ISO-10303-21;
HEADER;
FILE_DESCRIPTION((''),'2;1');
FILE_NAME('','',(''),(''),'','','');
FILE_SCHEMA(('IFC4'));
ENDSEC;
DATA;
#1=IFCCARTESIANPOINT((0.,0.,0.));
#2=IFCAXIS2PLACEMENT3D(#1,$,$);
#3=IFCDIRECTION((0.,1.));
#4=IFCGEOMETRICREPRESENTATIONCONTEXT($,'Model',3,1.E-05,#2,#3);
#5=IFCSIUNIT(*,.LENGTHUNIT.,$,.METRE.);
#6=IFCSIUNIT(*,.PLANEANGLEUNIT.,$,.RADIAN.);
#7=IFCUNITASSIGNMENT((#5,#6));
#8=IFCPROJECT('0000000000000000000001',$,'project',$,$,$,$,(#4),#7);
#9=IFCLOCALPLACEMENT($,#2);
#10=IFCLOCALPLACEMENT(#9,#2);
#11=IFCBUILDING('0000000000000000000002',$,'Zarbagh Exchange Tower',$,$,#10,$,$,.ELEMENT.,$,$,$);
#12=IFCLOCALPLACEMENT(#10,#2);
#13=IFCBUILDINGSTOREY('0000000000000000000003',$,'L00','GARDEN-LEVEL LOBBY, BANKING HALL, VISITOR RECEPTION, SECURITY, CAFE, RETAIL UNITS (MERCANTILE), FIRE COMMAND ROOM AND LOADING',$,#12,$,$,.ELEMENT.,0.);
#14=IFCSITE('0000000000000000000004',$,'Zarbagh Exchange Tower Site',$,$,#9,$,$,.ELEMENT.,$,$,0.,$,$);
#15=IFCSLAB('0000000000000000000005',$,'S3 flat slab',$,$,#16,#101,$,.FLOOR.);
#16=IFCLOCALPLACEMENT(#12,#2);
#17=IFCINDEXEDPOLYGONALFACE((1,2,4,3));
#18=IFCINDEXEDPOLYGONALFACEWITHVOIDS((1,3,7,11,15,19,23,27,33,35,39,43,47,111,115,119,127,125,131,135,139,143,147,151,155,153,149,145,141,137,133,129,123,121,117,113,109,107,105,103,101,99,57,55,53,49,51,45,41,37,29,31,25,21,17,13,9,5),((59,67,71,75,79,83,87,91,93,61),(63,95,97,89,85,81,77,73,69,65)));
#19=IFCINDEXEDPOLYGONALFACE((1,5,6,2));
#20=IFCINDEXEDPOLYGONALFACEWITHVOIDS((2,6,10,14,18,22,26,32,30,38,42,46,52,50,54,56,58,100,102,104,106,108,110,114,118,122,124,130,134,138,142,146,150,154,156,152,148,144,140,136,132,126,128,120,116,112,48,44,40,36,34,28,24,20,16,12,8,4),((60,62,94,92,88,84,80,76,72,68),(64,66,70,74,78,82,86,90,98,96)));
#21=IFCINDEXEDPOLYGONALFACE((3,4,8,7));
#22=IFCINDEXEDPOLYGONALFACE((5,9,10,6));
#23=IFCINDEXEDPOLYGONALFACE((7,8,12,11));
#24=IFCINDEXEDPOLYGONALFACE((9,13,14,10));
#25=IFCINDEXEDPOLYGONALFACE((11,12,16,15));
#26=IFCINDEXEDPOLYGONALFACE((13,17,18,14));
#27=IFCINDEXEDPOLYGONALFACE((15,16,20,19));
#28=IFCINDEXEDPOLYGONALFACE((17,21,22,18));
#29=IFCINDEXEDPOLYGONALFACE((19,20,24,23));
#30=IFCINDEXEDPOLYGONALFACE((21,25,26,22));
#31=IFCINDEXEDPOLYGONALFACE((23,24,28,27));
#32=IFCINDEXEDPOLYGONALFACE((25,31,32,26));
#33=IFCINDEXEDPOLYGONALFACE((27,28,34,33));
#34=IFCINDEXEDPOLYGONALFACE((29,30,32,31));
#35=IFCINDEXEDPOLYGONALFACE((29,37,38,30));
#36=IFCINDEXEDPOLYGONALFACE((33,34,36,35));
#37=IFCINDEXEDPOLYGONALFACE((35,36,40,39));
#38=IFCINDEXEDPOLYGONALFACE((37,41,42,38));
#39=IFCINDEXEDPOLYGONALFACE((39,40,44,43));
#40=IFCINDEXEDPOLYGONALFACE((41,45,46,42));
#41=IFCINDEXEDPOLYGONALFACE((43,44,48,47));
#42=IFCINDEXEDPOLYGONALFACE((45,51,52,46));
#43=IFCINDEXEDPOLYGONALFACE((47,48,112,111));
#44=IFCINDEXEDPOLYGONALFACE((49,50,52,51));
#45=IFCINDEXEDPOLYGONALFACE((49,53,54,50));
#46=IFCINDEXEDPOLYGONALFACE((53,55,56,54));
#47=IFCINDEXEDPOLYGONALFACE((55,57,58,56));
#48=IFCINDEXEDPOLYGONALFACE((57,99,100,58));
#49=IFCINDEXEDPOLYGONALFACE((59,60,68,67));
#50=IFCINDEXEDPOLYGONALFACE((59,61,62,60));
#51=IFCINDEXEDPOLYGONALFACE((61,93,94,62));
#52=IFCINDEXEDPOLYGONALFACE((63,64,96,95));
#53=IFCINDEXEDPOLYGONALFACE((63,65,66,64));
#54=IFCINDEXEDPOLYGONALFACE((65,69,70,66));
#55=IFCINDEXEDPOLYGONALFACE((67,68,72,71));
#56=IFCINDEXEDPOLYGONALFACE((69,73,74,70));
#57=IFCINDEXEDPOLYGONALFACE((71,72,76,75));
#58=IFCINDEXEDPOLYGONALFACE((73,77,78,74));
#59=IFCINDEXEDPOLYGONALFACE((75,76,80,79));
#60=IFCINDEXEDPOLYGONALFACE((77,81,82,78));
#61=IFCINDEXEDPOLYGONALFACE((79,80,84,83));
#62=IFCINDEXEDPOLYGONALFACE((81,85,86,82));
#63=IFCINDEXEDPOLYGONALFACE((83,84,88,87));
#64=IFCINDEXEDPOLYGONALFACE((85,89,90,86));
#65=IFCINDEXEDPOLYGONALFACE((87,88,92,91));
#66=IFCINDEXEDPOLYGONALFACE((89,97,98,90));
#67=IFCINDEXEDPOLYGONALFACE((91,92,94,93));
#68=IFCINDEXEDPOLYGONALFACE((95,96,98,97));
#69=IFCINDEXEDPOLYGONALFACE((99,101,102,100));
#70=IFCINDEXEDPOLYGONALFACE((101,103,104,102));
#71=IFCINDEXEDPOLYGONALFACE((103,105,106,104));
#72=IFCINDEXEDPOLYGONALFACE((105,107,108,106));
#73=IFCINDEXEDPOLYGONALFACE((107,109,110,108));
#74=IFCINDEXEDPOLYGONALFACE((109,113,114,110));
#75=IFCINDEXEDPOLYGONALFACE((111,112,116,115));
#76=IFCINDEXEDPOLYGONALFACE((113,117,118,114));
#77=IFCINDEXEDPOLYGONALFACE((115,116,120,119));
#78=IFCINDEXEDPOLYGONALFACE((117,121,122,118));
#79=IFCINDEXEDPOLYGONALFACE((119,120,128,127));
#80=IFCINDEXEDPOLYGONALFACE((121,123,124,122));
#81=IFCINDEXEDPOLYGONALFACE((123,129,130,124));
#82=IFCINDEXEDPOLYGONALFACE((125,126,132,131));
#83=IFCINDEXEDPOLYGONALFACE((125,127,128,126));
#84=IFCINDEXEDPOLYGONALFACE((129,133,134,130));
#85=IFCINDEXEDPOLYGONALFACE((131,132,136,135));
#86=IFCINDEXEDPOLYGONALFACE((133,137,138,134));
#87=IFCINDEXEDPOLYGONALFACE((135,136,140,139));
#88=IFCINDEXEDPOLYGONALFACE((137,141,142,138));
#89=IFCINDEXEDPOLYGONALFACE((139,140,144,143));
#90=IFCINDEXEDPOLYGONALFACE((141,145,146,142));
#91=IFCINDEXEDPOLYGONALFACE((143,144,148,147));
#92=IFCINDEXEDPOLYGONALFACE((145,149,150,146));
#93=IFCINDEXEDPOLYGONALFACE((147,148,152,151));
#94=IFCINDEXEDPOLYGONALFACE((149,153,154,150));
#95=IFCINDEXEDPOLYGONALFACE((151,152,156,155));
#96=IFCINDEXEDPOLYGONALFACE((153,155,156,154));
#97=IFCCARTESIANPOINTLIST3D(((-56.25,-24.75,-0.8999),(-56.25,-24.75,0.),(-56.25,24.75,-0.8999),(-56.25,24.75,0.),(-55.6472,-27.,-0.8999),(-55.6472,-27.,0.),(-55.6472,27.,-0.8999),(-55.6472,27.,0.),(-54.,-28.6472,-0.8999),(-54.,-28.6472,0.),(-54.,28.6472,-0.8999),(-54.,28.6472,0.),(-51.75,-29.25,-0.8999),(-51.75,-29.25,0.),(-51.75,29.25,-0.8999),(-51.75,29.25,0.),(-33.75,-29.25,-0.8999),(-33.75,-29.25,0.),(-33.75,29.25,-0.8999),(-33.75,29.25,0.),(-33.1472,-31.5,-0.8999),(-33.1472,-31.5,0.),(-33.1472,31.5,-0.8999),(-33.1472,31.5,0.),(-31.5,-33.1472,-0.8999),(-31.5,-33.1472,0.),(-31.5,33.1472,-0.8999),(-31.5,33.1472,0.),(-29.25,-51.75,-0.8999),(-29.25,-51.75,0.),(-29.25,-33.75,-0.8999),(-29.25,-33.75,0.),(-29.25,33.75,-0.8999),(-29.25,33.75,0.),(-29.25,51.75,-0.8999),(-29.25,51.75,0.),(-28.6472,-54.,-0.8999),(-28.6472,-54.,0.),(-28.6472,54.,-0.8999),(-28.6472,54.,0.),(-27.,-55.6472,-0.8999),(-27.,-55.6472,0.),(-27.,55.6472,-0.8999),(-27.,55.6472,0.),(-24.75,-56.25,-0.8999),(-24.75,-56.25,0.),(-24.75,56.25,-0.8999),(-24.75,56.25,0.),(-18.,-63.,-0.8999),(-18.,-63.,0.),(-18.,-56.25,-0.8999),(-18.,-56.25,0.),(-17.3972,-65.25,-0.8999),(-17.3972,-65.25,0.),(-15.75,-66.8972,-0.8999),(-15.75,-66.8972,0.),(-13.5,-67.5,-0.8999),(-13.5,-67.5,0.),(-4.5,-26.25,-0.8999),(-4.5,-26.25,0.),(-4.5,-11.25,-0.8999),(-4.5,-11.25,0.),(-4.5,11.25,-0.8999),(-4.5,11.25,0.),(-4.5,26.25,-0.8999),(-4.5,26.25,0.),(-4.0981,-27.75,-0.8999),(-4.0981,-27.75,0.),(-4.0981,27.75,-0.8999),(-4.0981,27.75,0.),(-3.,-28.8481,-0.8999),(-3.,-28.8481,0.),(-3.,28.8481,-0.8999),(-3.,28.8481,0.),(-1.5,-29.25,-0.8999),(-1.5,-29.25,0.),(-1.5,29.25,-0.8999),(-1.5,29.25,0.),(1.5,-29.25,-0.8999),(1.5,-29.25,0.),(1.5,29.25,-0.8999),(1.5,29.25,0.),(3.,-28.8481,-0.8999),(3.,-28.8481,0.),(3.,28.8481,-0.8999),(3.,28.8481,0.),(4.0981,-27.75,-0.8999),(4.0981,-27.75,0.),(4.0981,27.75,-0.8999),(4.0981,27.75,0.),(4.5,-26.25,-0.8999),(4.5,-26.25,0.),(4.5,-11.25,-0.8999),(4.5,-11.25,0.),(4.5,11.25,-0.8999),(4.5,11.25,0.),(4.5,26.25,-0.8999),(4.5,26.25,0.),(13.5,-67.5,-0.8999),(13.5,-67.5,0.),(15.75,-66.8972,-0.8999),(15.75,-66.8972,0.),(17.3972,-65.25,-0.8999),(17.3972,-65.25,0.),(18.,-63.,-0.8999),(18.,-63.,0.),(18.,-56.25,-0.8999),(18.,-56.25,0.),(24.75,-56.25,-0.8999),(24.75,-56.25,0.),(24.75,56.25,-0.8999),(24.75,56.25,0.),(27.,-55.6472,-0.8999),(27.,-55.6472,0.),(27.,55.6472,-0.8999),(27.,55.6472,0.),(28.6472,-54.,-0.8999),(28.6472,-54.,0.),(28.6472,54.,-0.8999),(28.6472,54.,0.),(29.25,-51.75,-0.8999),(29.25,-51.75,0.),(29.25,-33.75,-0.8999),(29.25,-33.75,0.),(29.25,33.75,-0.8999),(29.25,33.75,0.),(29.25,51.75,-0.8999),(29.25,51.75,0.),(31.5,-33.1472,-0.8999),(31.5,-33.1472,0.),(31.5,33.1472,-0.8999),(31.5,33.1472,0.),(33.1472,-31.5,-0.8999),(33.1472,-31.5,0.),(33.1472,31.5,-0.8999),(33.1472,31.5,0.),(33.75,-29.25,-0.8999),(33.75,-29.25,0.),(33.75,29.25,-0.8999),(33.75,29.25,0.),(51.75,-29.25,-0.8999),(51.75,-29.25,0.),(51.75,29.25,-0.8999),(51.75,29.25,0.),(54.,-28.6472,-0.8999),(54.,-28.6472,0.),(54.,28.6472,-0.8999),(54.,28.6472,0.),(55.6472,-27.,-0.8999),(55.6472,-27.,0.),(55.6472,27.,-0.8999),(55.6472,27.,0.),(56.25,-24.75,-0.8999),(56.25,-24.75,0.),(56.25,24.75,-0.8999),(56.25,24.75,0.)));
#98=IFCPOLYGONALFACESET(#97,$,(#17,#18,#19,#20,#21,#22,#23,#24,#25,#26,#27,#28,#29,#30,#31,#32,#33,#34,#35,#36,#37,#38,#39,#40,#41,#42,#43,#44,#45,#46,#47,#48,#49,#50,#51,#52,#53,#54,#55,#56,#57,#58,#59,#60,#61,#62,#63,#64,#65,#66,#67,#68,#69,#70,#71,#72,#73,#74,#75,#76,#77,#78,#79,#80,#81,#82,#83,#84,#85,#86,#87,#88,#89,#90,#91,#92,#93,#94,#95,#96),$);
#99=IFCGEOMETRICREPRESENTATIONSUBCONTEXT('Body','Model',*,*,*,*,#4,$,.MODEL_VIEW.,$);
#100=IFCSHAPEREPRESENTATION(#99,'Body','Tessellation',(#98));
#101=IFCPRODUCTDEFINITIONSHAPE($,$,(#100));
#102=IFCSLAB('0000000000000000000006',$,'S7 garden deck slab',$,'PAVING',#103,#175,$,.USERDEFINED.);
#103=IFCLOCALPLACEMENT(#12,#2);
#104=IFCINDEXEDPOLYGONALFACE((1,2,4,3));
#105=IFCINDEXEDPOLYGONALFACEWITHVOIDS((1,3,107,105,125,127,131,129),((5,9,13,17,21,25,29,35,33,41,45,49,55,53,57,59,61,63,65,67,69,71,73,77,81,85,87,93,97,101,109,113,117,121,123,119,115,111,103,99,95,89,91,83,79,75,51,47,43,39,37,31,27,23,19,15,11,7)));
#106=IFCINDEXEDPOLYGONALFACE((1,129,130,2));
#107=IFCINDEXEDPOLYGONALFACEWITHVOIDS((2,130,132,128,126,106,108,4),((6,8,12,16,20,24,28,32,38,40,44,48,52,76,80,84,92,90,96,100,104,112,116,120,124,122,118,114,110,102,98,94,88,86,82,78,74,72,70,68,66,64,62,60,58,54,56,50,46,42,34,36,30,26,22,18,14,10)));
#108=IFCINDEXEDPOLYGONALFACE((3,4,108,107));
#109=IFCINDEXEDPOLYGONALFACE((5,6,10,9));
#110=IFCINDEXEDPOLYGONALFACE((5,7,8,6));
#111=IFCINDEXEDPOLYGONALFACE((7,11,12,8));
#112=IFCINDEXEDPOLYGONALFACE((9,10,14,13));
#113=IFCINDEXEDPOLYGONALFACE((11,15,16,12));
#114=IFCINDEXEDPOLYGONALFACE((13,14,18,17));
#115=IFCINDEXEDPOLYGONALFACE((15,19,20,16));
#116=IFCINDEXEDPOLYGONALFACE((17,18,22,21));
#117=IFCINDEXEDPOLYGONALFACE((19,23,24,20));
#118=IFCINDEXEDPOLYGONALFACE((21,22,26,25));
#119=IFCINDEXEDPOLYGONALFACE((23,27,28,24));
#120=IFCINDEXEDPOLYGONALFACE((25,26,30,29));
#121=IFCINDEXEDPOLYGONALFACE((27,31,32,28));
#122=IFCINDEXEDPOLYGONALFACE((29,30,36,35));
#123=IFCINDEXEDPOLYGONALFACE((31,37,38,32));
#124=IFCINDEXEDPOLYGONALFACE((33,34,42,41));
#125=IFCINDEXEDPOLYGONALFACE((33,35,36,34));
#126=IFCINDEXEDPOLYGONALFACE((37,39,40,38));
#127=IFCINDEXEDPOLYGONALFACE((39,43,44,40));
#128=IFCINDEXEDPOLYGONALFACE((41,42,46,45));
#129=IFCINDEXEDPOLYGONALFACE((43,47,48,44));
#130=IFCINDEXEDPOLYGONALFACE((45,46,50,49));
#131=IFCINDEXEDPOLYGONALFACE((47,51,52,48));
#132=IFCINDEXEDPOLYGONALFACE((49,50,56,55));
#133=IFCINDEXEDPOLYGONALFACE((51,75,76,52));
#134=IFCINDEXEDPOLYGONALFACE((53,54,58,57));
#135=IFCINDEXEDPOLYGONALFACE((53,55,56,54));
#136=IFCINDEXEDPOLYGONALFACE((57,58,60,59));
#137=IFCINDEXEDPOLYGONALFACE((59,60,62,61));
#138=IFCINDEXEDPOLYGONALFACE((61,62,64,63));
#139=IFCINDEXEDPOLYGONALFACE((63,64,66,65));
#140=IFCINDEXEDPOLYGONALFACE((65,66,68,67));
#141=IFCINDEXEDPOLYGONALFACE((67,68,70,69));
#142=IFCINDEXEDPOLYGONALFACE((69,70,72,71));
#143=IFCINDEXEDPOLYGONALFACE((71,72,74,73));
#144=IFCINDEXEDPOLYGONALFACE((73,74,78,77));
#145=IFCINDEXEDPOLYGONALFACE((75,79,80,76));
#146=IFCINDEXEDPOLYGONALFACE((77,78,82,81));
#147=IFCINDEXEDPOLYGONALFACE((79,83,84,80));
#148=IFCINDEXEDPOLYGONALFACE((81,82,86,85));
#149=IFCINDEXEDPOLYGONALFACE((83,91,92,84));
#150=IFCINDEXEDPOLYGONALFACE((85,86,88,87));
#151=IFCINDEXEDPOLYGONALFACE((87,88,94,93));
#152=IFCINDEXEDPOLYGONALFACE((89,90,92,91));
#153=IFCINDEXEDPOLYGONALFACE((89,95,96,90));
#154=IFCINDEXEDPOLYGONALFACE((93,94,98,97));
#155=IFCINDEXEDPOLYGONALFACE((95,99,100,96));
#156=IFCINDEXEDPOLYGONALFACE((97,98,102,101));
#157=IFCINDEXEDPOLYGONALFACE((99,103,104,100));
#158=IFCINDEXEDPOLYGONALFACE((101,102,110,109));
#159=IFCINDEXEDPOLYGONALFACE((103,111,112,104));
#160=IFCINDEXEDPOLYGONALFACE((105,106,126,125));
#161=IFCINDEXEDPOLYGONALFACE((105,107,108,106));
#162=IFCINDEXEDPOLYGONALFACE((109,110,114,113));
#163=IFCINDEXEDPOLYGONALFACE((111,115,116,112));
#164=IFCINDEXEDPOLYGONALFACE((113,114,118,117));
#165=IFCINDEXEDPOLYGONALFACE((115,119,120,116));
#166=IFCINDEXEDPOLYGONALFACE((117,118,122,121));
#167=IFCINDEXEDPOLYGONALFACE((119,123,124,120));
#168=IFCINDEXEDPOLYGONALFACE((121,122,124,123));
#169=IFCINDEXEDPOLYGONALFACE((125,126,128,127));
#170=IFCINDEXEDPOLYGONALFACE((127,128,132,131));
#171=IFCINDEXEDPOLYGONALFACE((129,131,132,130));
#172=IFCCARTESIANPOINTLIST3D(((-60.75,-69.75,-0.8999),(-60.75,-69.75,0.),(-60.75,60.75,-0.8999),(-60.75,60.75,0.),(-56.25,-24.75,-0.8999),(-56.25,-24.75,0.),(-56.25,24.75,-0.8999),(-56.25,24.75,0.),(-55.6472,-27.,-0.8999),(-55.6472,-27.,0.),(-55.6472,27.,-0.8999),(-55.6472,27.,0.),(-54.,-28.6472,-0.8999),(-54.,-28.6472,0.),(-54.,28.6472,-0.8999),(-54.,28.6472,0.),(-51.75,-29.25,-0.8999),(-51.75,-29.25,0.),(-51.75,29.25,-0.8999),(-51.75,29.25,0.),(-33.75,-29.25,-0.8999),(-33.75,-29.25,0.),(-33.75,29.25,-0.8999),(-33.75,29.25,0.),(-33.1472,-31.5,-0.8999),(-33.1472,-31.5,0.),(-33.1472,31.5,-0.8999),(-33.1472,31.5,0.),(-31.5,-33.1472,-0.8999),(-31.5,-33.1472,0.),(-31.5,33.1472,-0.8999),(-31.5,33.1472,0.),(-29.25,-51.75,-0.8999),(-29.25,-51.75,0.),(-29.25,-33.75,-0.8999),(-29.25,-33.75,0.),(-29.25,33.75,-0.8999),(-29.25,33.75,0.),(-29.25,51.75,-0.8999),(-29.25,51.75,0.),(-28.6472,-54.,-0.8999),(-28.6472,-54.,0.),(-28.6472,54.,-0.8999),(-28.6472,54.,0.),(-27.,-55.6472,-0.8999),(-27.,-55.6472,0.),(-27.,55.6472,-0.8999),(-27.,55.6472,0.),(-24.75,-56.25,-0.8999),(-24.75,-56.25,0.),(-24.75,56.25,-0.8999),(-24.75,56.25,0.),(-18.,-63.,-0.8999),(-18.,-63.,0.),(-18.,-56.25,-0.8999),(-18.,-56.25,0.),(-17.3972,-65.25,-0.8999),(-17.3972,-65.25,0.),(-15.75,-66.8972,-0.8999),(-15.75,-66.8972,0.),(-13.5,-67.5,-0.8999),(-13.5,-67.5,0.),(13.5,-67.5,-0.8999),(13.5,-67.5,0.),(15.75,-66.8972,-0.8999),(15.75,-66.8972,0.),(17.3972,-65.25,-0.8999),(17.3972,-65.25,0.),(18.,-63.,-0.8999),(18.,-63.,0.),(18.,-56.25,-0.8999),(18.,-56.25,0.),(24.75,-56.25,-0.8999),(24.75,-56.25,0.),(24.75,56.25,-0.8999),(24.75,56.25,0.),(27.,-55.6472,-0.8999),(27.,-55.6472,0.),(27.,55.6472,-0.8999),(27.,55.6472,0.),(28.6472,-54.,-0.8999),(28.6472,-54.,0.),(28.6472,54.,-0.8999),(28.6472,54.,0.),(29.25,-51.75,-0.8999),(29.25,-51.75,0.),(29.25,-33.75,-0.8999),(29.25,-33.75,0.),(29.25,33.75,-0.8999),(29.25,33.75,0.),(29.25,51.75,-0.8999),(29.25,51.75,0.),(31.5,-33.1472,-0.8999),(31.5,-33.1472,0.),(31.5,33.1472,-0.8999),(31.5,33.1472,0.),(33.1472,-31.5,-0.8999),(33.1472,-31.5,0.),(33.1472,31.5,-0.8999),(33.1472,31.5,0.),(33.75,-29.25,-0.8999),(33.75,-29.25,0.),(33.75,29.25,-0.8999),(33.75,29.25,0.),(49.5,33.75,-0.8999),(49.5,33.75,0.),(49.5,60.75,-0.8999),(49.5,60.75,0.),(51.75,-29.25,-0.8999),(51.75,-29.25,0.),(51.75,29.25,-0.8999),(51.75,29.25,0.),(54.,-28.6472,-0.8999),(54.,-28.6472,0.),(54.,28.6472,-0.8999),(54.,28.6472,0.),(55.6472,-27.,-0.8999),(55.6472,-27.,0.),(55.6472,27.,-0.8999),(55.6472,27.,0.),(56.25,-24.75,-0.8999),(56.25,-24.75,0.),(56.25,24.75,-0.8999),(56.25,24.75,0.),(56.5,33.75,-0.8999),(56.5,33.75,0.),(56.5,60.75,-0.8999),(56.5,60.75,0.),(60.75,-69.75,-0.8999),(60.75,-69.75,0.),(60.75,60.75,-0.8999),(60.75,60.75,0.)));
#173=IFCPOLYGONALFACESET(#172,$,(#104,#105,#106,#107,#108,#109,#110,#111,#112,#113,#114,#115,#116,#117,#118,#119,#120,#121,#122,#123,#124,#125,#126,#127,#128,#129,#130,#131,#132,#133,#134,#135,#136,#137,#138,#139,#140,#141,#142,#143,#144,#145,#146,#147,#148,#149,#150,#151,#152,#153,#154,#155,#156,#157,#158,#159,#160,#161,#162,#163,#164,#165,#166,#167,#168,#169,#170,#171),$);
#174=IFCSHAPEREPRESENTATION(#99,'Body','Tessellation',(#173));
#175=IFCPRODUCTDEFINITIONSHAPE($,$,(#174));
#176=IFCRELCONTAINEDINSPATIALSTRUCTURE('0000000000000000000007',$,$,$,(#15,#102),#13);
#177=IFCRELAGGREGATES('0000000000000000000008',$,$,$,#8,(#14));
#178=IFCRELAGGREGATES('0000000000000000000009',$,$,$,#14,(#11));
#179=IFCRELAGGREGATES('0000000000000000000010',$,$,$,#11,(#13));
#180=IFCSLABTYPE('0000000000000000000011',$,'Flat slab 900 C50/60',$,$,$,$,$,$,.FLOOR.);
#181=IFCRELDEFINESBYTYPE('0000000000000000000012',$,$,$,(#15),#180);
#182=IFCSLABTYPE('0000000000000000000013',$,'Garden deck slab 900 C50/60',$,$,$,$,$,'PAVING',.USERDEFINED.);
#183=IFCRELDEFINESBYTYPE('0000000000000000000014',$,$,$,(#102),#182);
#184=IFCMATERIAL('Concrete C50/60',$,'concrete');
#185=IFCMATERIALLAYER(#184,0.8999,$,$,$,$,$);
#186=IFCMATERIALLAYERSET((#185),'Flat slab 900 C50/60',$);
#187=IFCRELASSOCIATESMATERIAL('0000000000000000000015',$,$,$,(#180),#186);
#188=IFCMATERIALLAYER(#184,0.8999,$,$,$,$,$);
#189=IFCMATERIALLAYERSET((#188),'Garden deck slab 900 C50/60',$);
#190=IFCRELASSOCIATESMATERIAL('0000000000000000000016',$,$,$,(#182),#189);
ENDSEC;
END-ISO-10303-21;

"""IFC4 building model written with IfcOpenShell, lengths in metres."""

from ifc_helpers import new_model, si_unit, direction, frame, origin, place, context, subcontext, project, spatial, polyline, outline, extrude, material, layer, layer_set, type_object, element, save


model = new_model("IFC4")

# Units and contexts
model_context = context("Model", 3, precision=1e-05, world=origin(), true_north=direction((0.0, 1.0)))
body_context = subcontext(model_context, "Body", "Model", "MODEL_VIEW")
ifc_project = project(units=[si_unit("LENGTHUNIT", "METRE"), si_unit("PLANEANGLEUNIT", "RADIAN")], contexts=[model_context])

# Site, building, storey
site_placement = place(None, origin())
site = spatial("IfcSite", under=ifc_project, at=site_placement, Name="Zarbagh Exchange Tower Site", CompositionType="ELEMENT", RefElevation=0.0)
building_placement = place(site_placement, origin())
building = spatial("IfcBuilding", under=site, at=building_placement, Name="Zarbagh Exchange Tower", CompositionType="ELEMENT")
storey_placement = place(building_placement, origin())
storey = spatial("IfcBuildingStorey", under=building, at=storey_placement, Name="L00", Description="GARDEN-LEVEL LOBBY, BANKING HALL, VISITOR RECEPTION, SECURITY, CAFE, RETAIL UNITS (MERCANTILE), FIRE COMMAND ROOM AND LOADING", CompositionType="ELEMENT", Elevation=0.0)

# Slabs
ifc_material_1 = material(Name="Concrete C50/60", Category="concrete")
ifc_layer_1 = layer(ifc_material_1, 0.8999)
ifc_layer_set_1 = layer_set([ifc_layer_1], Name="Flat slab 900 C50/60")
slab_type_1 = type_object("IfcSlabType", Name="Flat slab 900 C50/60", PredefinedType="FLOOR", material=ifc_layer_set_1)
slab_1_placement = place(storey_placement, frame((0.0, 0.0, -0.8999)))
element("IfcSlab", 1, at=slab_1_placement, inside=storey, type_object=slab_type_1, Name="S3 flat slab", PredefinedType="FLOOR", context=body_context, shape_type="SweptSolid", body=[
    extrude(outline(polyline([(-15.75, -66.8972), (-17.3972, -65.25), (-18.0, -63.0), (-18.0, -56.25), (-24.75, -56.25), (-27.0, -55.6472), (-28.6472, -54.0), (-29.25, -51.75), (-29.25, -33.75), (-31.5, -33.1472), (-33.1472, -31.5), (-33.75, -29.25), (-51.75, -29.25), (-54.0, -28.6472), (-55.6472, -27.0), (-56.25, -24.75), (-56.25, 24.75), (-55.6472, 27.0), (-54.0, 28.6472), (-51.75, 29.25), (-33.75, 29.25), (-33.1472, 31.5), (-31.5, 33.1472), (-29.25, 33.75), (-29.25, 51.75), (-28.6472, 54.0), (-27.0, 55.6472), (-24.75, 56.25), (24.75, 56.25), (27.0, 55.6472), (28.6472, 54.0), (29.25, 51.75), (29.25, 33.75), (31.5, 33.1472), (33.1472, 31.5), (33.75, 29.25), (51.75, 29.25), (54.0, 28.6472), (55.6472, 27.0), (56.25, 24.75), (56.25, -24.75), (55.6472, -27.0), (54.0, -28.6472), (51.75, -29.25), (33.75, -29.25), (33.1472, -31.5), (31.5, -33.1472), (29.25, -33.75), (29.25, -51.75), (28.6472, -54.0), (27.0, -55.6472), (24.75, -56.25), (18.0, -56.25), (18.0, -63.0), (17.3972, -65.25), (15.75, -66.8972), (13.5, -67.5), (-13.5, -67.5), (-15.75, -66.8972)]), holes=[polyline([(4.5, 26.25), (4.0981, 27.75), (3.0, 28.8481), (1.5, 29.25), (-1.5, 29.25), (-3.0, 28.8481), (-4.0981, 27.75), (-4.5, 26.25), (-4.5, 11.25), (4.5, 11.25), (4.5, 26.25)]), polyline([(1.5, -29.25), (3.0, -28.8481), (4.0981, -27.75), (4.5, -26.25), (4.5, -11.25), (-4.5, -11.25), (-4.5, -26.25), (-4.0981, -27.75), (-3.0, -28.8481), (-1.5, -29.25), (1.5, -29.25)])]), origin(), (0.0, 0.0, 1.0), 0.8999),
])
ifc_layer_2 = layer(ifc_material_1, 0.8999)
ifc_layer_set_2 = layer_set([ifc_layer_2], Name="Garden deck slab 900 C50/60")
slab_type_2 = type_object("IfcSlabType", Name="Garden deck slab 900 C50/60", ElementType="PAVING", PredefinedType="USERDEFINED", material=ifc_layer_set_2)
slab_2_placement = place(storey_placement, frame((0.0, 0.0, -0.8999)))
element("IfcSlab", 2, at=slab_2_placement, inside=storey, type_object=slab_type_2, Name="S7 garden deck slab", ObjectType="PAVING", PredefinedType="USERDEFINED", context=body_context, shape_type="SweptSolid", body=[
    extrude(outline(polyline([(-60.75, 60.75), (49.5, 60.75), (49.5, 33.75), (56.5, 33.75), (56.5, 60.75), (60.75, 60.75), (60.75, -69.75), (-60.75, -69.75), (-60.75, 60.75)]), holes=[polyline([(17.3972, -65.25), (18.0, -63.0), (18.0, -56.25), (24.75, -56.25), (27.0, -55.6472), (28.6472, -54.0), (29.25, -51.75), (29.25, -33.75), (31.5, -33.1472), (33.1472, -31.5), (33.75, -29.25), (51.75, -29.25), (54.0, -28.6472), (55.6472, -27.0), (56.25, -24.75), (56.25, 24.75), (55.6472, 27.0), (54.0, 28.6472), (51.75, 29.25), (33.75, 29.25), (33.1472, 31.5), (31.5, 33.1472), (29.25, 33.75), (29.25, 51.75), (28.6472, 54.0), (27.0, 55.6472), (24.75, 56.25), (-24.75, 56.25), (-27.0, 55.6472), (-28.6472, 54.0), (-29.25, 51.75), (-29.25, 33.75), (-31.5, 33.1472), (-33.1472, 31.5), (-33.75, 29.25), (-51.75, 29.25), (-54.0, 28.6472), (-55.6472, 27.0), (-56.25, 24.75), (-56.25, -24.75), (-55.6472, -27.0), (-54.0, -28.6472), (-51.75, -29.25), (-33.75, -29.25), (-33.1472, -31.5), (-31.5, -33.1472), (-29.25, -33.75), (-29.25, -51.75), (-28.6472, -54.0), (-27.0, -55.6472), (-24.75, -56.25), (-18.0, -56.25), (-18.0, -63.0), (-17.3972, -65.25), (-15.75, -66.8972), (-13.5, -67.5), (13.5, -67.5), (15.75, -66.8972), (17.3972, -65.25)])]), origin(), (0.0, 0.0, 1.0), 0.8999),
])

save(model, "model.ifc")
